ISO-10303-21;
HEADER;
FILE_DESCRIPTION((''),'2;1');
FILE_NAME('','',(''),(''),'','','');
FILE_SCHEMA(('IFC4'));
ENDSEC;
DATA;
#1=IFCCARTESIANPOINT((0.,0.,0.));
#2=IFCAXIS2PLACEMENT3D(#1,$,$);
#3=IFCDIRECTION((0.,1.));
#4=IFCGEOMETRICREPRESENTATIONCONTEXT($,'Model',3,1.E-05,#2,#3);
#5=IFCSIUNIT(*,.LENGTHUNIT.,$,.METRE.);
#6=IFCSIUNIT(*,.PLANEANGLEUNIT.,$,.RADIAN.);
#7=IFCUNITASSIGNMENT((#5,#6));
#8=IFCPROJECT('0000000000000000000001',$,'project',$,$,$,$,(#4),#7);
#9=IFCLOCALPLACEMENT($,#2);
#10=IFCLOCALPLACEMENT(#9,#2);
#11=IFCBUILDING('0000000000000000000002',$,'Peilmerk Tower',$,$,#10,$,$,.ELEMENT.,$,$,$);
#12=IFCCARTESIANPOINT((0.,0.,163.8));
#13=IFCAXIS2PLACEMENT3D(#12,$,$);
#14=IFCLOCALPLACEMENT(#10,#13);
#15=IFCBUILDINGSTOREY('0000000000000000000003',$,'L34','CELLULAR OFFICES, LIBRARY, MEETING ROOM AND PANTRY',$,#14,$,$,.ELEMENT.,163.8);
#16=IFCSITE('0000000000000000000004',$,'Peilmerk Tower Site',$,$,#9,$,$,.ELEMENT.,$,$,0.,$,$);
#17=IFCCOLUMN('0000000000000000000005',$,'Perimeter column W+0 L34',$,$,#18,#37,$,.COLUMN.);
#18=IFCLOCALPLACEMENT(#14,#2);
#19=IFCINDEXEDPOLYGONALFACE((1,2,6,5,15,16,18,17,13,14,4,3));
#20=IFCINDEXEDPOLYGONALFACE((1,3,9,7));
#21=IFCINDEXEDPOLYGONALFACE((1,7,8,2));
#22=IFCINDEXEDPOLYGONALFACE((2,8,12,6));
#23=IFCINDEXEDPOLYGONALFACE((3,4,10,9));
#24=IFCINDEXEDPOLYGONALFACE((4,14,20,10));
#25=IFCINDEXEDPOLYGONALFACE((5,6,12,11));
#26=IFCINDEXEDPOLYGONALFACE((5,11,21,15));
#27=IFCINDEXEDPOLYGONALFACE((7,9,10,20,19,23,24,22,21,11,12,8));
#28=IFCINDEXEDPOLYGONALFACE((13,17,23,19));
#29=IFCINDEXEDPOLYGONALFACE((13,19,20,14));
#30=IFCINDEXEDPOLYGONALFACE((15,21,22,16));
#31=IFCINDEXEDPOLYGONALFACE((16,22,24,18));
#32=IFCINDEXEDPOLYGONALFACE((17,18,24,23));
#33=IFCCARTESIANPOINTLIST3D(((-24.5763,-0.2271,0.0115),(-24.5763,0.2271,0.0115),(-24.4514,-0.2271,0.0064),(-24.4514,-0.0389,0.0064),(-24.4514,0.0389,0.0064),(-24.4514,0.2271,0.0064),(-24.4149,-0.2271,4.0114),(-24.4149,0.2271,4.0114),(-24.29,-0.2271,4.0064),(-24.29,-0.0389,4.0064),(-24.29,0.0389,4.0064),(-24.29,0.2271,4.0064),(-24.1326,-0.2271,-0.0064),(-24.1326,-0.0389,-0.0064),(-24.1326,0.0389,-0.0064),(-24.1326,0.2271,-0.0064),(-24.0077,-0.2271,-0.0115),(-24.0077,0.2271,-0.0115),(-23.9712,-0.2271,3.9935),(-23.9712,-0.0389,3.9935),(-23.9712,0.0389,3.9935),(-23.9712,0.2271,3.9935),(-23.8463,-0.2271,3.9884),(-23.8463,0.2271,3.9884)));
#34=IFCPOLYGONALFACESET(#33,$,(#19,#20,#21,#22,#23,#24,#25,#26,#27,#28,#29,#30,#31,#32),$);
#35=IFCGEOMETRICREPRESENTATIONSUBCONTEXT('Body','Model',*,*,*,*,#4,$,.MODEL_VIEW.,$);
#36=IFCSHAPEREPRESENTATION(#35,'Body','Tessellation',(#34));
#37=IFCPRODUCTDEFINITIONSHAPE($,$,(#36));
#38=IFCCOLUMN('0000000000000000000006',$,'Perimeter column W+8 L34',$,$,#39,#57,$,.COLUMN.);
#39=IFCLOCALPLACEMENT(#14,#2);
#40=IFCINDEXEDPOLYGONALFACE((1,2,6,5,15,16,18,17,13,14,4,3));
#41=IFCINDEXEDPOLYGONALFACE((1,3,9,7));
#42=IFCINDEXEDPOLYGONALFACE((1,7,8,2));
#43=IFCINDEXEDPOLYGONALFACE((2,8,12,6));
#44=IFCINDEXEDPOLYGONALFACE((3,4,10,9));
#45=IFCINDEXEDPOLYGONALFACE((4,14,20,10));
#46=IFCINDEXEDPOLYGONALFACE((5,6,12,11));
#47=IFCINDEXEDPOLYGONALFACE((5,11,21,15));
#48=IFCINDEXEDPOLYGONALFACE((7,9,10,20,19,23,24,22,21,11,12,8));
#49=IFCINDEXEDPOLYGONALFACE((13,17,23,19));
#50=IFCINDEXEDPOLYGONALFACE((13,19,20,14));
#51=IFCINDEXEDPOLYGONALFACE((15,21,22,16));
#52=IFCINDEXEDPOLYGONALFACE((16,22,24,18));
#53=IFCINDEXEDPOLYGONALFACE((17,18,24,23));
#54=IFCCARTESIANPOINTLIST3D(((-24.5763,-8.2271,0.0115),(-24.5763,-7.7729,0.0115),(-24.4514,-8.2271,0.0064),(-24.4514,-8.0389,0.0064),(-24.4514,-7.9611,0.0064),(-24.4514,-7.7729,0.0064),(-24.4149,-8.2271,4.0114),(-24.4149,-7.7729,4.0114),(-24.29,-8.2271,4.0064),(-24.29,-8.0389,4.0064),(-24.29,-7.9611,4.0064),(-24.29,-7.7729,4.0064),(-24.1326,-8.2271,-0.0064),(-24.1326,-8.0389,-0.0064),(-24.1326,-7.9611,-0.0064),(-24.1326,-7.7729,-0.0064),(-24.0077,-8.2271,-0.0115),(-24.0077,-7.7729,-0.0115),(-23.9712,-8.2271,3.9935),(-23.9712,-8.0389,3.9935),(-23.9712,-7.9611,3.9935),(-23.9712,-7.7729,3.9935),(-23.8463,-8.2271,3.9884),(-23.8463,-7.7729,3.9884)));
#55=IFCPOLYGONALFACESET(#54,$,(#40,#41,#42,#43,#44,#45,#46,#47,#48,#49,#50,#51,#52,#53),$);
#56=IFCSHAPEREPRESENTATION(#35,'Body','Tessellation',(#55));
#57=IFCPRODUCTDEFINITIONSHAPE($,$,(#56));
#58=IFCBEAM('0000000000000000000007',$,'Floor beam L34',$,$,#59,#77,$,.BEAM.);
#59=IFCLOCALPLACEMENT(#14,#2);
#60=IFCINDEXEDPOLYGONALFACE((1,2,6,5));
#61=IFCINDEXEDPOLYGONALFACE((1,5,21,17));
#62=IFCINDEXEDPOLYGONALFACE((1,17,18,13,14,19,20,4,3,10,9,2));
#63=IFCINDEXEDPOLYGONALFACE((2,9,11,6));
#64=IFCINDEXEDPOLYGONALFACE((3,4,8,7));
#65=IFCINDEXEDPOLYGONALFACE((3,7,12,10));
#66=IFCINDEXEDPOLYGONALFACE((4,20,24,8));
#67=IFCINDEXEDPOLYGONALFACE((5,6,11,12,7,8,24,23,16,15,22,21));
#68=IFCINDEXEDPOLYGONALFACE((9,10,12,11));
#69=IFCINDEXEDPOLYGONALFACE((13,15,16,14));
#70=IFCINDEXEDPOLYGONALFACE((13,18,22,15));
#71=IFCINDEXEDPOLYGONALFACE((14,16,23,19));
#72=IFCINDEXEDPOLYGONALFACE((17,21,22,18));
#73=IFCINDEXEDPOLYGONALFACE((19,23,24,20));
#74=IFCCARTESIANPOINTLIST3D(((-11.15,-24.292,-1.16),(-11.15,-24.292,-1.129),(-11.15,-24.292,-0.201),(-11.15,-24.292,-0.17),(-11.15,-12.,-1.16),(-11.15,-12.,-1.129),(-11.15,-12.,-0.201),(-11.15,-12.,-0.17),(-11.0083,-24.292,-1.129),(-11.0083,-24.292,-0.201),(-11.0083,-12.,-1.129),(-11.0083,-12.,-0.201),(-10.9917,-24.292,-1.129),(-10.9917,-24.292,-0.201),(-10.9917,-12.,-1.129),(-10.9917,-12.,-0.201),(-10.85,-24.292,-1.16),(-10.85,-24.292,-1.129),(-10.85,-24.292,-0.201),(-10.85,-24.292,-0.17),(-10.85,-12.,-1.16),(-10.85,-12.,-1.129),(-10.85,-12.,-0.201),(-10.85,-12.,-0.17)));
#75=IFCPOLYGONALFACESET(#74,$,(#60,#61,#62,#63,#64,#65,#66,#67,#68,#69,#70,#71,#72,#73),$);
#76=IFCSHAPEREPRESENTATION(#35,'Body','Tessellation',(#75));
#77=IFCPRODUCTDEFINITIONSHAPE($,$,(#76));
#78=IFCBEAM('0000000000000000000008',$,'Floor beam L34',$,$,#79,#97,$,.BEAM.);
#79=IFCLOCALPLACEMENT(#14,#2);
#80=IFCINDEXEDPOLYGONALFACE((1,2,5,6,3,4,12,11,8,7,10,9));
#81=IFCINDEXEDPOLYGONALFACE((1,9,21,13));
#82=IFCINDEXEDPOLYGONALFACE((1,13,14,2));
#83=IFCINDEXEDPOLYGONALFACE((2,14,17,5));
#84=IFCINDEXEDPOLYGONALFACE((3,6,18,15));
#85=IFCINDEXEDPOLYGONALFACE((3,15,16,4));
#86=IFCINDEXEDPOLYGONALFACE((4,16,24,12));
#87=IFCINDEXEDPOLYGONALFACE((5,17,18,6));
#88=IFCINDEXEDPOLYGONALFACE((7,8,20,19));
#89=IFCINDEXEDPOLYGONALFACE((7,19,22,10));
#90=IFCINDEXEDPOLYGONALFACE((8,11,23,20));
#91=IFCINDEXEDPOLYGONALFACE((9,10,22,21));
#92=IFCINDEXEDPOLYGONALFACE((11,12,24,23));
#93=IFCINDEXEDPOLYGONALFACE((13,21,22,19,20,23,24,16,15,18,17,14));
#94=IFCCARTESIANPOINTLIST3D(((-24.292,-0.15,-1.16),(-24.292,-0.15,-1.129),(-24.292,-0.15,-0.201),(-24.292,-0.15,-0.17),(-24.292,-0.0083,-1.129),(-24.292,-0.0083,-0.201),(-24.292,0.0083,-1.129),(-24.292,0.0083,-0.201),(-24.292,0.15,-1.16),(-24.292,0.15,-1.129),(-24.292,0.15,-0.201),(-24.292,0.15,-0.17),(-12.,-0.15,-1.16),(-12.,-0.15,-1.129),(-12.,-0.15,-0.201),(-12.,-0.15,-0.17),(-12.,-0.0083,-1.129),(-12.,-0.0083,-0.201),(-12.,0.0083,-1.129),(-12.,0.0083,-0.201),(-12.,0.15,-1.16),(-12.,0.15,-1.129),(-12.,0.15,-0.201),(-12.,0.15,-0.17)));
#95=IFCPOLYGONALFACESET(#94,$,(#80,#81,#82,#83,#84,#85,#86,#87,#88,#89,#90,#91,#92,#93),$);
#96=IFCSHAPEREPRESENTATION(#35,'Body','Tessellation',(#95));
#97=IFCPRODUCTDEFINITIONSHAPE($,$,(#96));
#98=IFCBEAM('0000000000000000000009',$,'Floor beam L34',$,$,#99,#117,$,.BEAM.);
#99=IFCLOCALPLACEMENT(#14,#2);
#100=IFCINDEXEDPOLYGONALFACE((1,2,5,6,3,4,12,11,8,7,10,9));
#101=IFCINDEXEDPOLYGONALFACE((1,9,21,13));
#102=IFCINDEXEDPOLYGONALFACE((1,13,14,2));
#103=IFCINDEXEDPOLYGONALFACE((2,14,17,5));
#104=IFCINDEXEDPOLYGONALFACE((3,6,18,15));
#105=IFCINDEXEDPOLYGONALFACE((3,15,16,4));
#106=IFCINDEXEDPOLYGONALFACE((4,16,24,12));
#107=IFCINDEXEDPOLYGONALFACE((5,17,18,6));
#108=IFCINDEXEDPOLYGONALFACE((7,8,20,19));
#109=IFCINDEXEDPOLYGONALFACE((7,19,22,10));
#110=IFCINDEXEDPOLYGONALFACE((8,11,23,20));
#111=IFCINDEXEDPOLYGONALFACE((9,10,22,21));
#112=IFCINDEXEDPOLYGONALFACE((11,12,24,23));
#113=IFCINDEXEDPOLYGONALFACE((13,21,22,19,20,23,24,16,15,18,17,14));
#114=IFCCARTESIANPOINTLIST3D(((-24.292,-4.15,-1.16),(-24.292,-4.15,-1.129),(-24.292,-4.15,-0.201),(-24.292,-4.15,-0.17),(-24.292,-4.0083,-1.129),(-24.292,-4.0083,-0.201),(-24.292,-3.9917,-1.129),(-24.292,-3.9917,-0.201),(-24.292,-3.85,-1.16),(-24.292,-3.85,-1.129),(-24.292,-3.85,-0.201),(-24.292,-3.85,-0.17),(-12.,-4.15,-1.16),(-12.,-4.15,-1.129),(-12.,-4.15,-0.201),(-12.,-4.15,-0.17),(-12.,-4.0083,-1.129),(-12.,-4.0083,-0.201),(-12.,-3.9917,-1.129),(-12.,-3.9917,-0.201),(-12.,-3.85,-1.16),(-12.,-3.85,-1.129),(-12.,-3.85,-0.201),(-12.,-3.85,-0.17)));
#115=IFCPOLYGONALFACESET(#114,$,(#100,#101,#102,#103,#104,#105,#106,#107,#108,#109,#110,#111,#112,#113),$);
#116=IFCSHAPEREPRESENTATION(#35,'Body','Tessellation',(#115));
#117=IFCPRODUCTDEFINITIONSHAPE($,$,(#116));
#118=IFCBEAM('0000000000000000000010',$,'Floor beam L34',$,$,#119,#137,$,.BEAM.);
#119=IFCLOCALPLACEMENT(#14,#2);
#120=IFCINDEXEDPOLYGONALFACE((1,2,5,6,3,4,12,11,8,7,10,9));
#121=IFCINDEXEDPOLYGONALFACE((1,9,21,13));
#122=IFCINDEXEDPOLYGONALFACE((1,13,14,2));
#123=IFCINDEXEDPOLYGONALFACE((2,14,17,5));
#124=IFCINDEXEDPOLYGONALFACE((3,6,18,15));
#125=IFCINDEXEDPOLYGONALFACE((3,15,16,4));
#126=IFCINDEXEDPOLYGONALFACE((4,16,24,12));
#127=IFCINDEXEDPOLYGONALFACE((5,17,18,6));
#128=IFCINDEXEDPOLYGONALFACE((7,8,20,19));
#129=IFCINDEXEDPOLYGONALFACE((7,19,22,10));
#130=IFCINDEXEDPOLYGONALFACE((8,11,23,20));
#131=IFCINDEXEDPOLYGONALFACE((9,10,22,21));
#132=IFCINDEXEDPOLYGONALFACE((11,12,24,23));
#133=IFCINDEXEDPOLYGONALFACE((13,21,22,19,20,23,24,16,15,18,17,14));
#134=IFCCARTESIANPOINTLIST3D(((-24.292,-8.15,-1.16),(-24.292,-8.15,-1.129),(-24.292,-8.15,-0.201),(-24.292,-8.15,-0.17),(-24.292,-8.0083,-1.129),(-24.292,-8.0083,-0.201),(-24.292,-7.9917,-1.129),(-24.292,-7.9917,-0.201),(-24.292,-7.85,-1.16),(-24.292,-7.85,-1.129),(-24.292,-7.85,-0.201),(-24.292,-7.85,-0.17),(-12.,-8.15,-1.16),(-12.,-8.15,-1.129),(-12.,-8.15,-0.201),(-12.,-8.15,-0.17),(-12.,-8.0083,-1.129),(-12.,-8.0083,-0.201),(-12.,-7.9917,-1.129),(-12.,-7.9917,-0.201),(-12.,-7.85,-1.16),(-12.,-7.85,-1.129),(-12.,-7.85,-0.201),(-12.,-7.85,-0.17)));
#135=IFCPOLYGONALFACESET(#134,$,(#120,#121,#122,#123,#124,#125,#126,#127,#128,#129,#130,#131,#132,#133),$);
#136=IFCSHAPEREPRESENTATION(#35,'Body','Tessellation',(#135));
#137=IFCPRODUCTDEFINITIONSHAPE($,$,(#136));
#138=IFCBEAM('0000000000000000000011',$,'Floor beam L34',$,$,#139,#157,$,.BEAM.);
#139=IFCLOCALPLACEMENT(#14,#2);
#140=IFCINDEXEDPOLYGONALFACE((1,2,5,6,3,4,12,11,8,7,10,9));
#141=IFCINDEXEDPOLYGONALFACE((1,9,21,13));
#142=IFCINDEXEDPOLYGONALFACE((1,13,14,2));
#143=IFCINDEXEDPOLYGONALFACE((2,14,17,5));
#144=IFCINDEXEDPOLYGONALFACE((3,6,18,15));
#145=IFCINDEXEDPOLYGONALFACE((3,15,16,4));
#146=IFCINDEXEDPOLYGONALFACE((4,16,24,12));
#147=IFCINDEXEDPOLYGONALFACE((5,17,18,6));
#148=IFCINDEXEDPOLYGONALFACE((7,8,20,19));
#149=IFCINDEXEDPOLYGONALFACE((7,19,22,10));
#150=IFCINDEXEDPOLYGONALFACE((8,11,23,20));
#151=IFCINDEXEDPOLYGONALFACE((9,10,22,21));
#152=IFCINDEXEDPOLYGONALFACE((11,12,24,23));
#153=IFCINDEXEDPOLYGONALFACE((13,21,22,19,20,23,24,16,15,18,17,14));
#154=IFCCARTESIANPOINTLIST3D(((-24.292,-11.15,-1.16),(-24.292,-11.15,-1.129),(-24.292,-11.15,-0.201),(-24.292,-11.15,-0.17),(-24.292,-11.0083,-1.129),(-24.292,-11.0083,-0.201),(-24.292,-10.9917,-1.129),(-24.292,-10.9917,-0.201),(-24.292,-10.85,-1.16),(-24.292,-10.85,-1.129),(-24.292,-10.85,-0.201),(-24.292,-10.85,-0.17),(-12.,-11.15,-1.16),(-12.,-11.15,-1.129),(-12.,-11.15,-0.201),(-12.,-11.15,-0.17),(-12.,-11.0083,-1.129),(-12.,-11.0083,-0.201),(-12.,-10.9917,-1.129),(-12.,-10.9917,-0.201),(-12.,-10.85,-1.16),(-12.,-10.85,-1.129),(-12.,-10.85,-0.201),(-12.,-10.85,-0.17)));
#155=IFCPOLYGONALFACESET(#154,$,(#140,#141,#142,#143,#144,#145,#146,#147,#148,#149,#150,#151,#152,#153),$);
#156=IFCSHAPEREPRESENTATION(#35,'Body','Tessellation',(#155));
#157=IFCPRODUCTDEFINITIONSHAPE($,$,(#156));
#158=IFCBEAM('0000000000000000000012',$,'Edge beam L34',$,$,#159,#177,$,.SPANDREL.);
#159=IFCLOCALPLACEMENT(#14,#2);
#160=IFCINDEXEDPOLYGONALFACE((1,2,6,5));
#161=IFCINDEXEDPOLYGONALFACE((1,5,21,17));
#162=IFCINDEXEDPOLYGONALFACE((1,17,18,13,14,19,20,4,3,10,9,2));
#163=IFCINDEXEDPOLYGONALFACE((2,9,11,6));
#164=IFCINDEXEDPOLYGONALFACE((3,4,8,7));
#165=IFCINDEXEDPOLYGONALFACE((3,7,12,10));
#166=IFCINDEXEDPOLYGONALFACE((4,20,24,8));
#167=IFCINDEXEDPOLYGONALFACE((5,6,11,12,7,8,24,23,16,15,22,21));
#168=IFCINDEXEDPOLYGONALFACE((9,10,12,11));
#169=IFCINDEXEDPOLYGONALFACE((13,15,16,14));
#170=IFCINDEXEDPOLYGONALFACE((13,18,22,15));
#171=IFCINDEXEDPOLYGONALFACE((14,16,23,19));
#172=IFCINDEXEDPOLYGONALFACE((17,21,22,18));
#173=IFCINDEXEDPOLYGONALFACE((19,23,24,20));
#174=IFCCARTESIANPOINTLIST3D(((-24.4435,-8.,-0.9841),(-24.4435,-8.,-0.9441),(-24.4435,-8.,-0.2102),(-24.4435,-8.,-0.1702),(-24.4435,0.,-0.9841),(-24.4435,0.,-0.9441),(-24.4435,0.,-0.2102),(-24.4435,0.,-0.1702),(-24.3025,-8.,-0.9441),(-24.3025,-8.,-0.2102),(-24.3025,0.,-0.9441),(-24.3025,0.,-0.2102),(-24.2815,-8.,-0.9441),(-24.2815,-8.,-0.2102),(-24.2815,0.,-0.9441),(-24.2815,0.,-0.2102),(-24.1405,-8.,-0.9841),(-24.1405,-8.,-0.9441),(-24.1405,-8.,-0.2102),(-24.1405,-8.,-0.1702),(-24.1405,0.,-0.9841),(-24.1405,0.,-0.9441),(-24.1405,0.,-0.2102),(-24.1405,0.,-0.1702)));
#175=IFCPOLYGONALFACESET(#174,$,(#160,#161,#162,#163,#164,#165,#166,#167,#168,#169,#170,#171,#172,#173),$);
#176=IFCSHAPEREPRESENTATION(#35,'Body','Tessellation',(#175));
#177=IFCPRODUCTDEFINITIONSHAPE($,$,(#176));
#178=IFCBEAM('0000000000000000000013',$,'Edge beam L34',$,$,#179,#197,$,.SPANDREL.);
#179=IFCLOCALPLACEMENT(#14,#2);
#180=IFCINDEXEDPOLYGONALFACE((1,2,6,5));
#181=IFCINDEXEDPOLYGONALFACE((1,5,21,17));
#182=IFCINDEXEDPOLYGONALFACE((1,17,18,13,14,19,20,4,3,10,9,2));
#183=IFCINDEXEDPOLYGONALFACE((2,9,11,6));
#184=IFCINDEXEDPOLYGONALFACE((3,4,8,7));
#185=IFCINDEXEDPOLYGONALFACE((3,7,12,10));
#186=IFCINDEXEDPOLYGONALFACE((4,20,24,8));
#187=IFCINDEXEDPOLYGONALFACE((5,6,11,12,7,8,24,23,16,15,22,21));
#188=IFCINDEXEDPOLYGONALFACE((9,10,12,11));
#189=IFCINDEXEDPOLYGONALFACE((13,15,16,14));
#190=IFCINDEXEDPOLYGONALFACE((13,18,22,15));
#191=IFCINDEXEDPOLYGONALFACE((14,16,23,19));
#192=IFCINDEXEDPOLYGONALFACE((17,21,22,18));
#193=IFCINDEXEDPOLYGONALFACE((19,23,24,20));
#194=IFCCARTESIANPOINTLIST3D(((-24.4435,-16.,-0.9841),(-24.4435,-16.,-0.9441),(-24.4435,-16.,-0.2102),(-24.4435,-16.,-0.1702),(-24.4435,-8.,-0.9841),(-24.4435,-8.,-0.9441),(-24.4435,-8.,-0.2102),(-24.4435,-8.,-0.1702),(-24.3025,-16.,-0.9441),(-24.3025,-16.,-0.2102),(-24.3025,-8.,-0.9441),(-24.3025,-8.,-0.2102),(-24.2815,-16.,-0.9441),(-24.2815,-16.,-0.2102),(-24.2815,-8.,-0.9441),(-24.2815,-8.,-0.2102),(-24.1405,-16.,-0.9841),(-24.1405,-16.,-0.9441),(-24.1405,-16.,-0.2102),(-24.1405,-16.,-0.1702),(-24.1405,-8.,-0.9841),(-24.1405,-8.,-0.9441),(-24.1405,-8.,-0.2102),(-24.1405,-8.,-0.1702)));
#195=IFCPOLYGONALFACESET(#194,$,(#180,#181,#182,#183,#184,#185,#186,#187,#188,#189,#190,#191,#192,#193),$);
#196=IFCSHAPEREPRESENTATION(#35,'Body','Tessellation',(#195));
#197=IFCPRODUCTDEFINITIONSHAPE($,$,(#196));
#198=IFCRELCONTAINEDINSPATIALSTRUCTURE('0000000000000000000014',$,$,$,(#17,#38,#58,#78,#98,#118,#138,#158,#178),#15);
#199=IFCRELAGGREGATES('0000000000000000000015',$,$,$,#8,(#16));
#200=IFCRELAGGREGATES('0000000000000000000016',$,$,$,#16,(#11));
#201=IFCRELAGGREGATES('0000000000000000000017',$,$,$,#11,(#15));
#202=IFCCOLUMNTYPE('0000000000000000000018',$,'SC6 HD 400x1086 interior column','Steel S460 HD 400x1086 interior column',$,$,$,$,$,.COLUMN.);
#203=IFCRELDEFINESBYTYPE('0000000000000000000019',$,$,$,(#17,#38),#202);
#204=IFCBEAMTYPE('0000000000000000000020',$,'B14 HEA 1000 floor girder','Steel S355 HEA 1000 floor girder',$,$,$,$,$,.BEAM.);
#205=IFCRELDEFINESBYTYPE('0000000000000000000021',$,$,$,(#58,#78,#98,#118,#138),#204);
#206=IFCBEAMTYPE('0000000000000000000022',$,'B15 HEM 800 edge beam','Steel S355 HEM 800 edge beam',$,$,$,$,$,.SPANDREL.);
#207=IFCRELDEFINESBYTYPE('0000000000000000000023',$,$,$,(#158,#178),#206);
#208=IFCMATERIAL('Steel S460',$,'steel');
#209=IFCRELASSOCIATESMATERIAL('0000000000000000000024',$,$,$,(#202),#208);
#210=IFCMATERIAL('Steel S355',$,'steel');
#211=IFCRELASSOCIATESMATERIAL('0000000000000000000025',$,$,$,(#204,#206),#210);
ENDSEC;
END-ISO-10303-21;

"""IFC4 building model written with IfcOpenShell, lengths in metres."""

from ifc_helpers import new_model, si_unit, direction, frame, origin, origin_2d, place, context, subcontext, project, spatial, i_section, extrude, material, material_profile, profile_set, type_object, element, save


model = new_model("IFC4")

# Units and contexts
model_context = context("Model", 3, precision=1e-05, world=origin(), true_north=direction((0.0, 1.0)))
body_context = subcontext(model_context, "Body", "Model", "MODEL_VIEW")
ifc_project = project(units=[si_unit("LENGTHUNIT", "METRE"), si_unit("PLANEANGLEUNIT", "RADIAN")], contexts=[model_context])

# Site, building, storey
site_placement = place(None, origin())
site = spatial("IfcSite", under=ifc_project, at=site_placement, Name="Peilmerk Tower Site", CompositionType="ELEMENT", RefElevation=0.0)
building_placement = place(site_placement, origin())
building = spatial("IfcBuilding", under=site, at=building_placement, Name="Peilmerk Tower", CompositionType="ELEMENT")
storey_placement = place(building_placement, frame((0.0, 0.0, 163.8)))
storey = spatial("IfcBuildingStorey", under=building, at=storey_placement, Name="L34", Description="CELLULAR OFFICES, LIBRARY, MEETING ROOM AND PANTRY", CompositionType="ELEMENT", Elevation=163.8)

# Columns
ifc_material_1 = material(Name="Steel S460", Category="steel")
ifc_material_profile_1 = material_profile(ifc_material_1, i_section(OverallWidth=0.4541, OverallDepth=0.5691, WebThickness=0.0779, FlangeThickness=0.125, at=origin_2d()), Name="HD 400x1086")
ifc_profile_set_1 = profile_set([ifc_material_profile_1], Name="Steel S460")
column_type = type_object("IfcColumnType", Name="SC6 HD 400x1086 interior column", Description="Steel S460 HD 400x1086 interior column", PredefinedType="COLUMN", material=ifc_profile_set_1)
for number, where, z_axis, x_axis, name in (
    (1, (-24.292, 0.0, 0.0), (0.040311, 0.0, 0.999187), (0.0, 1.0, 0.0), "Perimeter column W+0 L34"),
    (2, (-24.292, -8.0, 0.0), (0.040311, 0.0, 0.999187), (0.0, 1.0, 0.0), "Perimeter column W+8 L34"),
):
    element("IfcColumn", number, at=place(storey_placement, frame(where, z_axis=z_axis, x_axis=x_axis)), inside=storey, type_object=column_type, Name=name, PredefinedType="COLUMN", context=body_context, shape_type="SweptSolid", body=[
        extrude(i_section(OverallWidth=0.4541, OverallDepth=0.5691, WebThickness=0.0779, FlangeThickness=0.125, at=origin_2d()), origin(), (0.0, 0.0, 1.0), 4.0032),
    ])

# Beams
ifc_material_2 = material(Name="Steel S355", Category="steel")
ifc_material_profile_2 = material_profile(ifc_material_2, i_section(OverallWidth=0.3, OverallDepth=0.99, WebThickness=0.0166, FlangeThickness=0.031, at=origin_2d()), Name="HEA 1000")
ifc_profile_set_2 = profile_set([ifc_material_profile_2], Name="Steel S355")
beam_type_1 = type_object("IfcBeamType", Name="B14 HEA 1000 floor girder", Description="Steel S355 HEA 1000 floor girder", PredefinedType="BEAM", material=ifc_profile_set_2)
for number, where, z_axis, x_axis, name in (
    (3, (-11.0, -12.0, -0.665), (0.0, -1.0, 0.0), (1.0, 0.0, 0.0), "Floor beam L34"),
    (4, (-12.0, 0.0, -0.665), (-1.0, 0.0, 0.0), (0.0, -1.0, 0.0), "Floor beam L34"),
    (5, (-12.0, -4.0, -0.665), (-1.0, 0.0, 0.0), (0.0, -1.0, 0.0), "Floor beam L34"),
    (6, (-12.0, -8.0, -0.665), (-1.0, 0.0, 0.0), (0.0, -1.0, 0.0), "Floor beam L34"),
    (7, (-12.0, -11.0, -0.665), (-1.0, 0.0, 0.0), (0.0, -1.0, 0.0), "Floor beam L34"),
):
    element("IfcBeam", number, at=place(storey_placement, frame(where, z_axis=z_axis, x_axis=x_axis)), inside=storey, type_object=beam_type_1, Name=name, PredefinedType="BEAM", context=body_context, shape_type="SweptSolid", body=[
        extrude(i_section(OverallWidth=0.3, OverallDepth=0.99, WebThickness=0.0166, FlangeThickness=0.031, at=origin_2d()), origin(), (0.0, 0.0, 1.0), 12.292),
    ])
ifc_material_profile_3 = material_profile(ifc_material_2, i_section(OverallWidth=0.303, OverallDepth=0.814, WebThickness=0.021, FlangeThickness=0.04, at=origin_2d()), Name="HEM 800")
ifc_profile_set_3 = profile_set([ifc_material_profile_3], Name="Steel S355")
beam_type_2 = type_object("IfcBeamType", Name="B15 HEM 800 edge beam", Description="Steel S355 HEM 800 edge beam", PredefinedType="SPANDREL", material=ifc_profile_set_3)
for number, where, z_axis, x_axis, name in (
    (8, (-24.292, 0.0, -0.5771), (0.0, -1.0, 0.0), (1.0, 0.0, 0.0), "Edge beam L34"),
    (9, (-24.292, -8.0, -0.5771), (0.0, -1.0, 0.0), (1.0, 0.0, 0.0), "Edge beam L34"),
):
    element("IfcBeam", number, at=place(storey_placement, frame(where, z_axis=z_axis, x_axis=x_axis)), inside=storey, type_object=beam_type_2, Name=name, PredefinedType="SPANDREL", context=body_context, shape_type="SweptSolid", body=[
        extrude(i_section(OverallWidth=0.303, OverallDepth=0.814, WebThickness=0.021, FlangeThickness=0.04, at=origin_2d()), origin(), (0.0, 0.0, 1.0), 8.0),
    ])

save(model, "model.ifc")
